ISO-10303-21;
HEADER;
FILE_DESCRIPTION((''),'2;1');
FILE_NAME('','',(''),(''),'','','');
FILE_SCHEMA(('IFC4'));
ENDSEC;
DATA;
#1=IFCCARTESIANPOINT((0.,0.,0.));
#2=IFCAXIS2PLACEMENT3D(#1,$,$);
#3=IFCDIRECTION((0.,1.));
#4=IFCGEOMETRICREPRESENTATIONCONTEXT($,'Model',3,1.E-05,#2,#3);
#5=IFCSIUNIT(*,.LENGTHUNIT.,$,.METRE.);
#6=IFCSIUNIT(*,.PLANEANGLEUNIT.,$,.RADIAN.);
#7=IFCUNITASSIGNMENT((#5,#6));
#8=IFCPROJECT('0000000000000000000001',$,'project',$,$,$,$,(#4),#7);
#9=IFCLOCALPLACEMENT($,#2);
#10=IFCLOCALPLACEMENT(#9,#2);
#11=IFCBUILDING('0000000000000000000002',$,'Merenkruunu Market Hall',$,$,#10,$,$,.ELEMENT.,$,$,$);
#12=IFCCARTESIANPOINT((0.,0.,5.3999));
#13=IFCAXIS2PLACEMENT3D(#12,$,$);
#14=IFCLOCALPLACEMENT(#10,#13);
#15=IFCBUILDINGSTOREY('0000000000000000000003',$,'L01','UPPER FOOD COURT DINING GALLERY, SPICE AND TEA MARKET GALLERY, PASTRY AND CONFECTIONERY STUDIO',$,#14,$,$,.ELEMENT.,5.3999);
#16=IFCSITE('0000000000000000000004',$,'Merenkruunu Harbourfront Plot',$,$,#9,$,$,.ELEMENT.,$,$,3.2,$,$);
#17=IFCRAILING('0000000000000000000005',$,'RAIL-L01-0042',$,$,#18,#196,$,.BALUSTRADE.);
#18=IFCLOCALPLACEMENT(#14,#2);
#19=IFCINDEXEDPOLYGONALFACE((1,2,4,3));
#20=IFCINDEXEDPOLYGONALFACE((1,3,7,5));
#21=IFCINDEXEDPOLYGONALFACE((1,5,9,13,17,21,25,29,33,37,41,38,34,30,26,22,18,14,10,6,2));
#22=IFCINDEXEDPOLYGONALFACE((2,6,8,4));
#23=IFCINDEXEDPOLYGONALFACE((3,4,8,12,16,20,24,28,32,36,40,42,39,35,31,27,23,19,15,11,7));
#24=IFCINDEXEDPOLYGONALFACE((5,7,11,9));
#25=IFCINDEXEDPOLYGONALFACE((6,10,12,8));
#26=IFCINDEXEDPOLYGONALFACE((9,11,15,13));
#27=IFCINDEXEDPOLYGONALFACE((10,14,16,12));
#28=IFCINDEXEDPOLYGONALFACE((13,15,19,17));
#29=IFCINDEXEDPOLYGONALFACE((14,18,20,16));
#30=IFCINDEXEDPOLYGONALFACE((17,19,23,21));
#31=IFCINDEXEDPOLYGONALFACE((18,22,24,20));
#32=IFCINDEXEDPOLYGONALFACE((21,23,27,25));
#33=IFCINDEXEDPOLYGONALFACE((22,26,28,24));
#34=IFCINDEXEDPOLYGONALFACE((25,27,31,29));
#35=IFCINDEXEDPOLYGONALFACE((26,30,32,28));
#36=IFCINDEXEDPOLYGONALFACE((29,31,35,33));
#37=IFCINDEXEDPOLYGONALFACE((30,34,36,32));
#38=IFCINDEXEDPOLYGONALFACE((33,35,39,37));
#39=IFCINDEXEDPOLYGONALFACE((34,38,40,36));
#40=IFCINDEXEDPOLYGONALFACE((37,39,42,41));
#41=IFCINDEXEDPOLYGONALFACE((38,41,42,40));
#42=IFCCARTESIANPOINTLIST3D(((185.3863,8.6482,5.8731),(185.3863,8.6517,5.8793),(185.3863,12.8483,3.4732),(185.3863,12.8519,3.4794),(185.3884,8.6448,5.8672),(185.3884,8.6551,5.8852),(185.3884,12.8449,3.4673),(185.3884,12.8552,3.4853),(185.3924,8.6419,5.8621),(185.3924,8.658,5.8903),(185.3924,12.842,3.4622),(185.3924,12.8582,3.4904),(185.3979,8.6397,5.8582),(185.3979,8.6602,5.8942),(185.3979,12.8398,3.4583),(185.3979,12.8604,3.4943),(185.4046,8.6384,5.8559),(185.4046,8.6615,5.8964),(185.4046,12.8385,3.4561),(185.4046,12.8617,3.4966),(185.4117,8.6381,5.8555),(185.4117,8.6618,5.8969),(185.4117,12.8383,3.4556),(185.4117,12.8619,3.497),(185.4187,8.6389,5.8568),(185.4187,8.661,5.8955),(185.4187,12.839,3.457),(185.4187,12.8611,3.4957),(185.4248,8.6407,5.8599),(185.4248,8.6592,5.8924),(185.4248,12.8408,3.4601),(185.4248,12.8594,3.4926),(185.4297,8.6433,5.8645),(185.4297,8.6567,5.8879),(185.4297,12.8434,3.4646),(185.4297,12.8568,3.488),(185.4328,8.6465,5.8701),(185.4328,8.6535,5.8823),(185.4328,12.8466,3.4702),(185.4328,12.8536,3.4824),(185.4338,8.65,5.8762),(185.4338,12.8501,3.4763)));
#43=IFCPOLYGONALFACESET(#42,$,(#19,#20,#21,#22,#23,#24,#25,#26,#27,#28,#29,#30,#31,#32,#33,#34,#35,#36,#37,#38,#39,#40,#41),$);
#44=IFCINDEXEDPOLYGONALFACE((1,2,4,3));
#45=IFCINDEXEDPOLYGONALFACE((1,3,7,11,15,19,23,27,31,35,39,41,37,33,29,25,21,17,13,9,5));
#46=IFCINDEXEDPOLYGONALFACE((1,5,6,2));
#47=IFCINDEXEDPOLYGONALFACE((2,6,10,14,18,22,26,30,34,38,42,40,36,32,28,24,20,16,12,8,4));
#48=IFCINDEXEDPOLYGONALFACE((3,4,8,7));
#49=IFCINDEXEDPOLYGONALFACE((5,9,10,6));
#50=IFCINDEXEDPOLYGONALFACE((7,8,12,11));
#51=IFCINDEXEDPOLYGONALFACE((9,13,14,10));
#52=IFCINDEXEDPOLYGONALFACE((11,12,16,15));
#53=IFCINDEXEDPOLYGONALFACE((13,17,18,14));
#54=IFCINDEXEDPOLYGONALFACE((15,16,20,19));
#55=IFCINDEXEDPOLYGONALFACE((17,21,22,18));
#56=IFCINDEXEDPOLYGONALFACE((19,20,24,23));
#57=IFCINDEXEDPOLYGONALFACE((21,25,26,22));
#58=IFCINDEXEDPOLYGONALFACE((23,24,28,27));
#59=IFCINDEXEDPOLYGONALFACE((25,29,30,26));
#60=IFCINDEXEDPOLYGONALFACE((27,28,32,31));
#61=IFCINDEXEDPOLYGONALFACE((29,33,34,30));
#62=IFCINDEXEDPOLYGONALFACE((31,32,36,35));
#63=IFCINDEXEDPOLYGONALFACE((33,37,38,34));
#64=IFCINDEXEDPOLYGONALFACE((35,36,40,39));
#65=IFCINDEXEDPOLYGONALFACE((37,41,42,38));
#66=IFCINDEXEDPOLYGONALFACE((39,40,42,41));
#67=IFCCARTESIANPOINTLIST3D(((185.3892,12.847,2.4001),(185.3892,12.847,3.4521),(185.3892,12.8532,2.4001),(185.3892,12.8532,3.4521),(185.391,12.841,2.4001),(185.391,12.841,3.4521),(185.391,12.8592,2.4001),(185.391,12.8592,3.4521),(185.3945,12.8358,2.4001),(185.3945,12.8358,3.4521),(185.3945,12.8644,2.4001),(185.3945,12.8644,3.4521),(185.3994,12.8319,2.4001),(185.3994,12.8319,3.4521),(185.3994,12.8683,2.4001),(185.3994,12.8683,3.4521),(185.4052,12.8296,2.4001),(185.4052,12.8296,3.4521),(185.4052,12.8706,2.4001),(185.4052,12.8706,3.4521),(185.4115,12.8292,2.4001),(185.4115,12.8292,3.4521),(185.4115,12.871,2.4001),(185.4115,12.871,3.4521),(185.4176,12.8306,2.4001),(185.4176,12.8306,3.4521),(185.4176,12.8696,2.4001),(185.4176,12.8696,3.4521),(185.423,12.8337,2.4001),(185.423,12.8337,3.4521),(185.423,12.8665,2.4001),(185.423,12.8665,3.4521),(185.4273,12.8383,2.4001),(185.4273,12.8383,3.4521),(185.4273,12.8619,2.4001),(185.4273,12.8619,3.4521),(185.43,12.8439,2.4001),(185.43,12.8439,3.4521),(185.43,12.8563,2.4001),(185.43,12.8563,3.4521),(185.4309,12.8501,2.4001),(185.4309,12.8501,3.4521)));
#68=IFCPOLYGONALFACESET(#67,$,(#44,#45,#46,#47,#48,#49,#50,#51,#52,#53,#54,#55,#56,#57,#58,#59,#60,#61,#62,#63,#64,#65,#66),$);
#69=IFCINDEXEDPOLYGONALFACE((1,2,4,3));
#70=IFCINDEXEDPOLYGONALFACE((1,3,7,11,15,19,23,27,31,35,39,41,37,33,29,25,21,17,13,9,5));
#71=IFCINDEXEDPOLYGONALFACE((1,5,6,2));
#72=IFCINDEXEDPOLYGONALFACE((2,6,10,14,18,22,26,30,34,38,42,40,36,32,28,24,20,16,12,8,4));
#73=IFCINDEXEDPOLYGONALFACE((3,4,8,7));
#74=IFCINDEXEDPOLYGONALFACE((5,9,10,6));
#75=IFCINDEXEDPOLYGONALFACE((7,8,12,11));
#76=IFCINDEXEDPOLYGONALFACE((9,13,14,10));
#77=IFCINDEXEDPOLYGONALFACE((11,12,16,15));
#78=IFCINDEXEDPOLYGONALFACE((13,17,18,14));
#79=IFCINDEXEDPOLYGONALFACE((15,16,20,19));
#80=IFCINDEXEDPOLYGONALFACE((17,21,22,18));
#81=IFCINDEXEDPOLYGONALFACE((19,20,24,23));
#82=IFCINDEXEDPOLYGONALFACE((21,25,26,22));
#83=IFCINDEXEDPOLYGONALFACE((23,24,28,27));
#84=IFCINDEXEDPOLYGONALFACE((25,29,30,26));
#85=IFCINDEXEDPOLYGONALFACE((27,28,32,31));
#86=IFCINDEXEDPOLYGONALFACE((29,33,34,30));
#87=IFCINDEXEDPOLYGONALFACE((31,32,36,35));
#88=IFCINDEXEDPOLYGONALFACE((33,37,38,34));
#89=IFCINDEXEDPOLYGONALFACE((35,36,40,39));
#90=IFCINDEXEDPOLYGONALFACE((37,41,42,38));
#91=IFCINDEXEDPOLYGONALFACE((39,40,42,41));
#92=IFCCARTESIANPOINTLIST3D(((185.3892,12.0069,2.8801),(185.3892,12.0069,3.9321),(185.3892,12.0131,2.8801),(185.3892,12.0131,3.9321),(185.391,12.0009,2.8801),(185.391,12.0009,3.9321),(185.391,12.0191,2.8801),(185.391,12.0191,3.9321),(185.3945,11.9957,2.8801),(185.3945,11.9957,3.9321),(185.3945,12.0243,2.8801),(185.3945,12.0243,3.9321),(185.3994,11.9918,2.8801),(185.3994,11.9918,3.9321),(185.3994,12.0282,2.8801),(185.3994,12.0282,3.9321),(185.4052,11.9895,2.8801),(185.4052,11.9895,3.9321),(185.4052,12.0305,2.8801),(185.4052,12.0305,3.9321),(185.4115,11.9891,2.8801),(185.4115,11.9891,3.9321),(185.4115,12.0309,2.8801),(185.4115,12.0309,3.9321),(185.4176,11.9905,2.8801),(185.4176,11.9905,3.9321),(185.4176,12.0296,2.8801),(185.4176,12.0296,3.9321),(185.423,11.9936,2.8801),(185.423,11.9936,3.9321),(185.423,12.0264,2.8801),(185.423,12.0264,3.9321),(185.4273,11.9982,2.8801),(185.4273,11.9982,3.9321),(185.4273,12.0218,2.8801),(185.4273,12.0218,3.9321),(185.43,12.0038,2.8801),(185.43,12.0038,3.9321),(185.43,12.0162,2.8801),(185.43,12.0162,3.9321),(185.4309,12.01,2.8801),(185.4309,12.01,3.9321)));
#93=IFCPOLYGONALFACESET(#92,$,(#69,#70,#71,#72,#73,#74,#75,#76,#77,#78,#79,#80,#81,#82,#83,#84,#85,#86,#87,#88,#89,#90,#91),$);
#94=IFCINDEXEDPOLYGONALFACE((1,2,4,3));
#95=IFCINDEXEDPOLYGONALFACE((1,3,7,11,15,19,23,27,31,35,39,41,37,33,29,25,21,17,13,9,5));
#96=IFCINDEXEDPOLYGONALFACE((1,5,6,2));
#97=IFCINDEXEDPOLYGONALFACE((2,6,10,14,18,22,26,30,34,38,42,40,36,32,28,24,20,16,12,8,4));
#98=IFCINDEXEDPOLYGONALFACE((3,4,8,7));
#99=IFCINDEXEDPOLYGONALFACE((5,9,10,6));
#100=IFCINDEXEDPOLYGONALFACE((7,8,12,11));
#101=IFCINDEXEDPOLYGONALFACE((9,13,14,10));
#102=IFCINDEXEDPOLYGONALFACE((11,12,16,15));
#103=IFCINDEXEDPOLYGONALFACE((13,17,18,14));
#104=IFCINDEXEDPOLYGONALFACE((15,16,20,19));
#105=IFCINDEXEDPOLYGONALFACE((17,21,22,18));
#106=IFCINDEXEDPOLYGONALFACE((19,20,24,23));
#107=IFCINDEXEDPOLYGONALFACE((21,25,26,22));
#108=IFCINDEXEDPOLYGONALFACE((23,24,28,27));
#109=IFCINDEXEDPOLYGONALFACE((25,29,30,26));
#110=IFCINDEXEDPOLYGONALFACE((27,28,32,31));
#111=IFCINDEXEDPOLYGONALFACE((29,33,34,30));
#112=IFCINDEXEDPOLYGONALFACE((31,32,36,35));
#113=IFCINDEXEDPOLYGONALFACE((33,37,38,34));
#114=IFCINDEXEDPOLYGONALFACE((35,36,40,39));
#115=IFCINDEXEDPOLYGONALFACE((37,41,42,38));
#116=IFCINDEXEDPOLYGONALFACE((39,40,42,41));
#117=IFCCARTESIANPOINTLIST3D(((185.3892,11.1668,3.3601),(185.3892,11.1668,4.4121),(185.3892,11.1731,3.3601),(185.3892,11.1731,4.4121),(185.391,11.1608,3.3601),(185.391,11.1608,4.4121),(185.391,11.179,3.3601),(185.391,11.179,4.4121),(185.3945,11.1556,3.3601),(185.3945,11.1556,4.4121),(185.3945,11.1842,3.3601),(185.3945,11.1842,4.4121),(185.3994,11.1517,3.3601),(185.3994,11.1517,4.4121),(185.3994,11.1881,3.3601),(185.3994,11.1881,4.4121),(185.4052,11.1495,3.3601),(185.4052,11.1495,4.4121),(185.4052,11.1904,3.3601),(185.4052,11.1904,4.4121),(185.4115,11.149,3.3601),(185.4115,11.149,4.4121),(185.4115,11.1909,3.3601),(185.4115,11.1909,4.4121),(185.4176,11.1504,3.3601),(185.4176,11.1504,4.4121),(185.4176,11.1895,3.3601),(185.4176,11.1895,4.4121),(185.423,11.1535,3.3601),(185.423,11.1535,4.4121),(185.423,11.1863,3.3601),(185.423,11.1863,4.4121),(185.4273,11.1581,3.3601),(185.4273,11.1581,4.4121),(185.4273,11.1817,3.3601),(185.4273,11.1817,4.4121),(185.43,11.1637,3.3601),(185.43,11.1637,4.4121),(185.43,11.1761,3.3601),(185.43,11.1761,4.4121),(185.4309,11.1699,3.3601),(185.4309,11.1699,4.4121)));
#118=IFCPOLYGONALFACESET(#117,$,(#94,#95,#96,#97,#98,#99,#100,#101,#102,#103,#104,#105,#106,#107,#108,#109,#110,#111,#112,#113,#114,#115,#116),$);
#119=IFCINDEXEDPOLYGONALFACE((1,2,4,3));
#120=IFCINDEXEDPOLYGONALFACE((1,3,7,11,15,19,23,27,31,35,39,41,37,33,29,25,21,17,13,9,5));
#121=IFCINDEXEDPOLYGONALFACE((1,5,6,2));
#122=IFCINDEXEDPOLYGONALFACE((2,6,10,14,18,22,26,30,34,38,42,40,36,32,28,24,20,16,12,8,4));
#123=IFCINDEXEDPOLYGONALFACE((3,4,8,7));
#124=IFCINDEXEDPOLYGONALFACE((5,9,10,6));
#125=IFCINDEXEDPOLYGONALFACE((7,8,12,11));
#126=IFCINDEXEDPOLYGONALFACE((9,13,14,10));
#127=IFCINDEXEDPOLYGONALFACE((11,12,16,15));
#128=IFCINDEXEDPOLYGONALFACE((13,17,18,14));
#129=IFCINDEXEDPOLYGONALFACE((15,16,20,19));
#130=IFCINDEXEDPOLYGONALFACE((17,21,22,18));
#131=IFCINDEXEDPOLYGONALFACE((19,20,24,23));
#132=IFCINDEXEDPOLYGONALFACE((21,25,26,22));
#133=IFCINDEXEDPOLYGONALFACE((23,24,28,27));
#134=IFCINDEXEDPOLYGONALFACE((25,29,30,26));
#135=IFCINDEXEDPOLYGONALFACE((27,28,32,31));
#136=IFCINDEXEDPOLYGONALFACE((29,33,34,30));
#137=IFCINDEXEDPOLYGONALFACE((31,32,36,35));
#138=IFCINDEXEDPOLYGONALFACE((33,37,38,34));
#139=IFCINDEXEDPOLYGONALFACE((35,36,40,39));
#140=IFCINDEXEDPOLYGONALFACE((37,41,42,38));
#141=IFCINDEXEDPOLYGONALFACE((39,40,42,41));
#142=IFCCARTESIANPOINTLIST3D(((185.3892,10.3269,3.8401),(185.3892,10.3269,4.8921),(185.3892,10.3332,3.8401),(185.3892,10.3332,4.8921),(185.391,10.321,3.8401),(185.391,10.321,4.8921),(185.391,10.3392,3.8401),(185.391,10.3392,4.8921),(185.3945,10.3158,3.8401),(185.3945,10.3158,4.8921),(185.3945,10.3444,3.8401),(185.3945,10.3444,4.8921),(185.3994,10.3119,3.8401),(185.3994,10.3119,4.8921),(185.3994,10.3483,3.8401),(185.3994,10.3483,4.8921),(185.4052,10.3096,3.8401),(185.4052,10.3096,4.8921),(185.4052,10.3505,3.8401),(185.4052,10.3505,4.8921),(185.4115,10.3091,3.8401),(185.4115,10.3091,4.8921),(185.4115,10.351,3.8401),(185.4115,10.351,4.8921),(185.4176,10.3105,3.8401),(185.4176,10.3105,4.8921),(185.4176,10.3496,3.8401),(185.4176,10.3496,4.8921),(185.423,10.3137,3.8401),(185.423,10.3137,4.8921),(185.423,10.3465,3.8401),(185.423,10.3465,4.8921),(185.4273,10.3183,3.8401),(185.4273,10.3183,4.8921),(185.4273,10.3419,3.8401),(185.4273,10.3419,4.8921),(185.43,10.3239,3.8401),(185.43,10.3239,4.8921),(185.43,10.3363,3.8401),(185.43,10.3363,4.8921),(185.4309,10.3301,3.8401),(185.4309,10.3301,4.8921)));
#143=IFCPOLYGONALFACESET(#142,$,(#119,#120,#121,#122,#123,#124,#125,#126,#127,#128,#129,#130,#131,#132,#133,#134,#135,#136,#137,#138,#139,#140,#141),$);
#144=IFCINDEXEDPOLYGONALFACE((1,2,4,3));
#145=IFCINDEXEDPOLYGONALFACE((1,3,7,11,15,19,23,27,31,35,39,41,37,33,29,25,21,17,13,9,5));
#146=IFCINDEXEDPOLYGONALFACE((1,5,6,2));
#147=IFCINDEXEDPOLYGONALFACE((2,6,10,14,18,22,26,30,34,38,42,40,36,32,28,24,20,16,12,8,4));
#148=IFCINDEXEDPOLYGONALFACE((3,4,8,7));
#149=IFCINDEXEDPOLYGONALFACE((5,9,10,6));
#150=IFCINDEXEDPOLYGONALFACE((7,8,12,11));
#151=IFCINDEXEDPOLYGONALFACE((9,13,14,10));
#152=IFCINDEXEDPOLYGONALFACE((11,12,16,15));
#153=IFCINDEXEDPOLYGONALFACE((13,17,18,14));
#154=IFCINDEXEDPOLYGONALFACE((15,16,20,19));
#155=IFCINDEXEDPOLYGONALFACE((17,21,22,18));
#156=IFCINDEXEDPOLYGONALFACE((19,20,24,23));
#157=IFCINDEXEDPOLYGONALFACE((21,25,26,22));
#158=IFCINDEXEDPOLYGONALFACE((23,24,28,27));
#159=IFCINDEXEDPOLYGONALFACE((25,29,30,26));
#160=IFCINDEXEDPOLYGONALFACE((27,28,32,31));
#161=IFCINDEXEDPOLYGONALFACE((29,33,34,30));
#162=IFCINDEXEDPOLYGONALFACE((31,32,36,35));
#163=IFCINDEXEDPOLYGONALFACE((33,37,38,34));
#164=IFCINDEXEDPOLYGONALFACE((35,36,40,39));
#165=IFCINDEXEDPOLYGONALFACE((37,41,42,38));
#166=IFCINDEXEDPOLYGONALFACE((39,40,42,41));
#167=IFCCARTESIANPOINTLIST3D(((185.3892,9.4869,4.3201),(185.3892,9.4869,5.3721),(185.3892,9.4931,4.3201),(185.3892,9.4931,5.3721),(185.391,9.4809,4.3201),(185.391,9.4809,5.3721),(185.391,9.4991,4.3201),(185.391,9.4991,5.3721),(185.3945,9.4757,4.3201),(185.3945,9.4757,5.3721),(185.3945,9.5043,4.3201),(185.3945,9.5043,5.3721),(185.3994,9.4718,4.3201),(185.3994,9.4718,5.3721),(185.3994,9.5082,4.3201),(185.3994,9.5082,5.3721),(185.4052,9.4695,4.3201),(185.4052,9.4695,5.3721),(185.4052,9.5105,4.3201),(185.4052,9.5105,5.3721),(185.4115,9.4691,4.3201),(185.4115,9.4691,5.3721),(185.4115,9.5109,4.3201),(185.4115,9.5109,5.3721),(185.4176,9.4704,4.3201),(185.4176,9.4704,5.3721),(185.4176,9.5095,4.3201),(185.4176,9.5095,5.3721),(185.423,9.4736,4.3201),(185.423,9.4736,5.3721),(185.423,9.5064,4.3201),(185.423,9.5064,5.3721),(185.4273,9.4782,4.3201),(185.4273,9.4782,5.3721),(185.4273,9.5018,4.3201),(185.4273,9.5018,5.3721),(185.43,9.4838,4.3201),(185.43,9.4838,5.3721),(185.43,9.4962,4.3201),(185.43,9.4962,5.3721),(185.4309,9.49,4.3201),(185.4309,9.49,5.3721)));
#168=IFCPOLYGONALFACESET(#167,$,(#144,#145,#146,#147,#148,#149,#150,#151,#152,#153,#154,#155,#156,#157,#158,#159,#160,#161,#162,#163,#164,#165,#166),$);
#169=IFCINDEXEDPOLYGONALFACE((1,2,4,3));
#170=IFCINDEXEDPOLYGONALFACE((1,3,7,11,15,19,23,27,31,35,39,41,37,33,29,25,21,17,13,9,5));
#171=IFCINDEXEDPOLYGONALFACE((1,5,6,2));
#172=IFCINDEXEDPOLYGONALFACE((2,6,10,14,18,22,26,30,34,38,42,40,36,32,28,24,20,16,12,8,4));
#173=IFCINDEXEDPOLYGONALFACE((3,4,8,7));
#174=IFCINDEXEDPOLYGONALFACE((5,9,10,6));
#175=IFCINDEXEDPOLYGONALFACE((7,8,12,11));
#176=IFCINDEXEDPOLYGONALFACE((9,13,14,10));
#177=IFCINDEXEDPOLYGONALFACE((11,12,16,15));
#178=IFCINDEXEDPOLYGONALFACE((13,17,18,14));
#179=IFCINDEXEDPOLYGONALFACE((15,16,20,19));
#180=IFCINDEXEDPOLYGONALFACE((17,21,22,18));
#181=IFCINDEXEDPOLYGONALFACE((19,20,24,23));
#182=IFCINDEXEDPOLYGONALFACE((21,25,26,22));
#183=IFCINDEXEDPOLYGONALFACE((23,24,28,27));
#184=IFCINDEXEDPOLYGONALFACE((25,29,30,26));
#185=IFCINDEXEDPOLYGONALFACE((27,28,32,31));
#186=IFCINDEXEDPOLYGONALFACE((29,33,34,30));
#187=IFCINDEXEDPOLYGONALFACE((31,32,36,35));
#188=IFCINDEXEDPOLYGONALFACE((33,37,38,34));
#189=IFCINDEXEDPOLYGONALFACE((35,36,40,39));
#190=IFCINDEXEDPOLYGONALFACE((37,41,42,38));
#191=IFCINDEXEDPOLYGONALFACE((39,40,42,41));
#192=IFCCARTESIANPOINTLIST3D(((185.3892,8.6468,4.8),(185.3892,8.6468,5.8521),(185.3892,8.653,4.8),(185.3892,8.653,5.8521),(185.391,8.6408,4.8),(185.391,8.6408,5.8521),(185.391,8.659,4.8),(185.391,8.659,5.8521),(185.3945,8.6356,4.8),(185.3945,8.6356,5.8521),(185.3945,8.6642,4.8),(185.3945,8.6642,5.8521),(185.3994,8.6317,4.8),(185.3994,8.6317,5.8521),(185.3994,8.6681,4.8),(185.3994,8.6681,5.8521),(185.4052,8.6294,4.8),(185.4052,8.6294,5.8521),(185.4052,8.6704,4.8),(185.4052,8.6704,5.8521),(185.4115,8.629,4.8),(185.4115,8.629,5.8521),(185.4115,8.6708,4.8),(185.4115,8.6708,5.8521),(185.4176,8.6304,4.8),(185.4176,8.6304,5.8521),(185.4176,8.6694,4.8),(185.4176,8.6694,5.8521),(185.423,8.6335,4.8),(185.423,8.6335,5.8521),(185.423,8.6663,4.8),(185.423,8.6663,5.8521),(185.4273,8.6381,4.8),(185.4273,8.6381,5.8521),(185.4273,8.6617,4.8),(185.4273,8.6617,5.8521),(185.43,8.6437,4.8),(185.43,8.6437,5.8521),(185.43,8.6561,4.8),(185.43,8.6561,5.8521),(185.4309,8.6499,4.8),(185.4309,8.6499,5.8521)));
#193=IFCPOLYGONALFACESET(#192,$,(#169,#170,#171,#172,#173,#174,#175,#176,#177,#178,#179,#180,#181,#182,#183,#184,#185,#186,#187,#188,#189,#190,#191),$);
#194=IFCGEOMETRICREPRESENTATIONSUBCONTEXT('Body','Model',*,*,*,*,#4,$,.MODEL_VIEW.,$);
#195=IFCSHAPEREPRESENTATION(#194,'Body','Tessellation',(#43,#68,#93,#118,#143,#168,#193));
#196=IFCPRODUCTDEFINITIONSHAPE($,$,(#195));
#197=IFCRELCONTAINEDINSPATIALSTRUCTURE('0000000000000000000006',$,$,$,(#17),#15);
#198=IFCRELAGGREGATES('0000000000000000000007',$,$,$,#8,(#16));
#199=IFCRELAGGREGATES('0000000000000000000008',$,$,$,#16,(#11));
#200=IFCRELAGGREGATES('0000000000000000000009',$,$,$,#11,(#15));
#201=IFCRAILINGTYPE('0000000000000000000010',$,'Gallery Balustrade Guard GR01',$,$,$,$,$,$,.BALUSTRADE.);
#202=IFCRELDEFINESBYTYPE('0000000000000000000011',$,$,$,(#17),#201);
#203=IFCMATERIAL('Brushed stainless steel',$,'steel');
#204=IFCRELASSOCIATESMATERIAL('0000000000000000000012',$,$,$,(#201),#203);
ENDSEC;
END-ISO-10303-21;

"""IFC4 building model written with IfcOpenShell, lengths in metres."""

from ifc_helpers import new_model, si_unit, direction, frame, origin, origin_2d, place, context, subcontext, project, spatial, circle, extrude, material, type_object, element, save


model = new_model("IFC4")

# Units and contexts
model_context = context("Model", 3, precision=1e-05, world=origin(), true_north=direction((0.0, 1.0)))
body_context = subcontext(model_context, "Body", "Model", "MODEL_VIEW")
ifc_project = project(units=[si_unit("LENGTHUNIT", "METRE"), si_unit("PLANEANGLEUNIT", "RADIAN")], contexts=[model_context])

# Site, building, storey
site_placement = place(None, origin())
site = spatial("IfcSite", under=ifc_project, at=site_placement, Name="Merenkruunu Harbourfront Plot", CompositionType="ELEMENT", RefElevation=3.2)
building_placement = place(site_placement, origin())
building = spatial("IfcBuilding", under=site, at=building_placement, Name="Merenkruunu Market Hall", CompositionType="ELEMENT")
storey_placement = place(building_placement, frame((0.0, 0.0, 5.3999)))
storey = spatial("IfcBuildingStorey", under=building, at=storey_placement, Name="L01", Description="UPPER FOOD COURT DINING GALLERY, SPICE AND TEA MARKET GALLERY, PASTRY AND CONFECTIONERY STUDIO", CompositionType="ELEMENT", Elevation=5.3999)

# Railing
ifc_material_1 = material(Name="Brushed stainless steel", Category="steel")
railing_type_1 = type_object("IfcRailingType", Name="Gallery Balustrade Guard GR01", PredefinedType="BALUSTRADE", material=ifc_material_1)
railing_1_placement = place(storey_placement, frame((185.4099, 12.8501, 2.4001)))
element("IfcRailing", 1, at=railing_1_placement, inside=storey, type_object=railing_type_1, Name="RAIL-L01-0042", PredefinedType="BALUSTRADE", context=body_context, shape_type="SweptSolid", body=[
    extrude(circle(Radius=0.0239, at=origin_2d()), frame((0.0, 0.0, 1.0762), z_axis=(0.0, -0.868262, 0.496106), x_axis=(1.0, 0.0, 0.0)), (0.0, 0.0, 1.0), 4.8374),
    extrude(circle(Radius=0.021, at=origin_2d()), origin(), (0.0, 0.0, 1.0), 1.052),
    extrude(circle(Radius=0.021, at=origin_2d()), frame((0.0, -0.8401, 0.48)), (0.0, 0.0, 1.0), 1.052),
    extrude(circle(Radius=0.021, at=origin_2d()), frame((0.0, -1.6802, 0.96)), (0.0, 0.0, 1.0), 1.052),
    extrude(circle(Radius=0.021, at=origin_2d()), frame((0.0, -2.52, 1.4399)), (0.0, 0.0, 1.0), 1.052),
    extrude(circle(Radius=0.021, at=origin_2d()), frame((0.0, -3.3601, 1.9199)), (0.0, 0.0, 1.0), 1.052),
    extrude(circle(Radius=0.021, at=origin_2d()), frame((0.0, -4.2002, 2.3999)), (0.0, 0.0, 1.0), 1.052),
])

save(model, "model.ifc")
